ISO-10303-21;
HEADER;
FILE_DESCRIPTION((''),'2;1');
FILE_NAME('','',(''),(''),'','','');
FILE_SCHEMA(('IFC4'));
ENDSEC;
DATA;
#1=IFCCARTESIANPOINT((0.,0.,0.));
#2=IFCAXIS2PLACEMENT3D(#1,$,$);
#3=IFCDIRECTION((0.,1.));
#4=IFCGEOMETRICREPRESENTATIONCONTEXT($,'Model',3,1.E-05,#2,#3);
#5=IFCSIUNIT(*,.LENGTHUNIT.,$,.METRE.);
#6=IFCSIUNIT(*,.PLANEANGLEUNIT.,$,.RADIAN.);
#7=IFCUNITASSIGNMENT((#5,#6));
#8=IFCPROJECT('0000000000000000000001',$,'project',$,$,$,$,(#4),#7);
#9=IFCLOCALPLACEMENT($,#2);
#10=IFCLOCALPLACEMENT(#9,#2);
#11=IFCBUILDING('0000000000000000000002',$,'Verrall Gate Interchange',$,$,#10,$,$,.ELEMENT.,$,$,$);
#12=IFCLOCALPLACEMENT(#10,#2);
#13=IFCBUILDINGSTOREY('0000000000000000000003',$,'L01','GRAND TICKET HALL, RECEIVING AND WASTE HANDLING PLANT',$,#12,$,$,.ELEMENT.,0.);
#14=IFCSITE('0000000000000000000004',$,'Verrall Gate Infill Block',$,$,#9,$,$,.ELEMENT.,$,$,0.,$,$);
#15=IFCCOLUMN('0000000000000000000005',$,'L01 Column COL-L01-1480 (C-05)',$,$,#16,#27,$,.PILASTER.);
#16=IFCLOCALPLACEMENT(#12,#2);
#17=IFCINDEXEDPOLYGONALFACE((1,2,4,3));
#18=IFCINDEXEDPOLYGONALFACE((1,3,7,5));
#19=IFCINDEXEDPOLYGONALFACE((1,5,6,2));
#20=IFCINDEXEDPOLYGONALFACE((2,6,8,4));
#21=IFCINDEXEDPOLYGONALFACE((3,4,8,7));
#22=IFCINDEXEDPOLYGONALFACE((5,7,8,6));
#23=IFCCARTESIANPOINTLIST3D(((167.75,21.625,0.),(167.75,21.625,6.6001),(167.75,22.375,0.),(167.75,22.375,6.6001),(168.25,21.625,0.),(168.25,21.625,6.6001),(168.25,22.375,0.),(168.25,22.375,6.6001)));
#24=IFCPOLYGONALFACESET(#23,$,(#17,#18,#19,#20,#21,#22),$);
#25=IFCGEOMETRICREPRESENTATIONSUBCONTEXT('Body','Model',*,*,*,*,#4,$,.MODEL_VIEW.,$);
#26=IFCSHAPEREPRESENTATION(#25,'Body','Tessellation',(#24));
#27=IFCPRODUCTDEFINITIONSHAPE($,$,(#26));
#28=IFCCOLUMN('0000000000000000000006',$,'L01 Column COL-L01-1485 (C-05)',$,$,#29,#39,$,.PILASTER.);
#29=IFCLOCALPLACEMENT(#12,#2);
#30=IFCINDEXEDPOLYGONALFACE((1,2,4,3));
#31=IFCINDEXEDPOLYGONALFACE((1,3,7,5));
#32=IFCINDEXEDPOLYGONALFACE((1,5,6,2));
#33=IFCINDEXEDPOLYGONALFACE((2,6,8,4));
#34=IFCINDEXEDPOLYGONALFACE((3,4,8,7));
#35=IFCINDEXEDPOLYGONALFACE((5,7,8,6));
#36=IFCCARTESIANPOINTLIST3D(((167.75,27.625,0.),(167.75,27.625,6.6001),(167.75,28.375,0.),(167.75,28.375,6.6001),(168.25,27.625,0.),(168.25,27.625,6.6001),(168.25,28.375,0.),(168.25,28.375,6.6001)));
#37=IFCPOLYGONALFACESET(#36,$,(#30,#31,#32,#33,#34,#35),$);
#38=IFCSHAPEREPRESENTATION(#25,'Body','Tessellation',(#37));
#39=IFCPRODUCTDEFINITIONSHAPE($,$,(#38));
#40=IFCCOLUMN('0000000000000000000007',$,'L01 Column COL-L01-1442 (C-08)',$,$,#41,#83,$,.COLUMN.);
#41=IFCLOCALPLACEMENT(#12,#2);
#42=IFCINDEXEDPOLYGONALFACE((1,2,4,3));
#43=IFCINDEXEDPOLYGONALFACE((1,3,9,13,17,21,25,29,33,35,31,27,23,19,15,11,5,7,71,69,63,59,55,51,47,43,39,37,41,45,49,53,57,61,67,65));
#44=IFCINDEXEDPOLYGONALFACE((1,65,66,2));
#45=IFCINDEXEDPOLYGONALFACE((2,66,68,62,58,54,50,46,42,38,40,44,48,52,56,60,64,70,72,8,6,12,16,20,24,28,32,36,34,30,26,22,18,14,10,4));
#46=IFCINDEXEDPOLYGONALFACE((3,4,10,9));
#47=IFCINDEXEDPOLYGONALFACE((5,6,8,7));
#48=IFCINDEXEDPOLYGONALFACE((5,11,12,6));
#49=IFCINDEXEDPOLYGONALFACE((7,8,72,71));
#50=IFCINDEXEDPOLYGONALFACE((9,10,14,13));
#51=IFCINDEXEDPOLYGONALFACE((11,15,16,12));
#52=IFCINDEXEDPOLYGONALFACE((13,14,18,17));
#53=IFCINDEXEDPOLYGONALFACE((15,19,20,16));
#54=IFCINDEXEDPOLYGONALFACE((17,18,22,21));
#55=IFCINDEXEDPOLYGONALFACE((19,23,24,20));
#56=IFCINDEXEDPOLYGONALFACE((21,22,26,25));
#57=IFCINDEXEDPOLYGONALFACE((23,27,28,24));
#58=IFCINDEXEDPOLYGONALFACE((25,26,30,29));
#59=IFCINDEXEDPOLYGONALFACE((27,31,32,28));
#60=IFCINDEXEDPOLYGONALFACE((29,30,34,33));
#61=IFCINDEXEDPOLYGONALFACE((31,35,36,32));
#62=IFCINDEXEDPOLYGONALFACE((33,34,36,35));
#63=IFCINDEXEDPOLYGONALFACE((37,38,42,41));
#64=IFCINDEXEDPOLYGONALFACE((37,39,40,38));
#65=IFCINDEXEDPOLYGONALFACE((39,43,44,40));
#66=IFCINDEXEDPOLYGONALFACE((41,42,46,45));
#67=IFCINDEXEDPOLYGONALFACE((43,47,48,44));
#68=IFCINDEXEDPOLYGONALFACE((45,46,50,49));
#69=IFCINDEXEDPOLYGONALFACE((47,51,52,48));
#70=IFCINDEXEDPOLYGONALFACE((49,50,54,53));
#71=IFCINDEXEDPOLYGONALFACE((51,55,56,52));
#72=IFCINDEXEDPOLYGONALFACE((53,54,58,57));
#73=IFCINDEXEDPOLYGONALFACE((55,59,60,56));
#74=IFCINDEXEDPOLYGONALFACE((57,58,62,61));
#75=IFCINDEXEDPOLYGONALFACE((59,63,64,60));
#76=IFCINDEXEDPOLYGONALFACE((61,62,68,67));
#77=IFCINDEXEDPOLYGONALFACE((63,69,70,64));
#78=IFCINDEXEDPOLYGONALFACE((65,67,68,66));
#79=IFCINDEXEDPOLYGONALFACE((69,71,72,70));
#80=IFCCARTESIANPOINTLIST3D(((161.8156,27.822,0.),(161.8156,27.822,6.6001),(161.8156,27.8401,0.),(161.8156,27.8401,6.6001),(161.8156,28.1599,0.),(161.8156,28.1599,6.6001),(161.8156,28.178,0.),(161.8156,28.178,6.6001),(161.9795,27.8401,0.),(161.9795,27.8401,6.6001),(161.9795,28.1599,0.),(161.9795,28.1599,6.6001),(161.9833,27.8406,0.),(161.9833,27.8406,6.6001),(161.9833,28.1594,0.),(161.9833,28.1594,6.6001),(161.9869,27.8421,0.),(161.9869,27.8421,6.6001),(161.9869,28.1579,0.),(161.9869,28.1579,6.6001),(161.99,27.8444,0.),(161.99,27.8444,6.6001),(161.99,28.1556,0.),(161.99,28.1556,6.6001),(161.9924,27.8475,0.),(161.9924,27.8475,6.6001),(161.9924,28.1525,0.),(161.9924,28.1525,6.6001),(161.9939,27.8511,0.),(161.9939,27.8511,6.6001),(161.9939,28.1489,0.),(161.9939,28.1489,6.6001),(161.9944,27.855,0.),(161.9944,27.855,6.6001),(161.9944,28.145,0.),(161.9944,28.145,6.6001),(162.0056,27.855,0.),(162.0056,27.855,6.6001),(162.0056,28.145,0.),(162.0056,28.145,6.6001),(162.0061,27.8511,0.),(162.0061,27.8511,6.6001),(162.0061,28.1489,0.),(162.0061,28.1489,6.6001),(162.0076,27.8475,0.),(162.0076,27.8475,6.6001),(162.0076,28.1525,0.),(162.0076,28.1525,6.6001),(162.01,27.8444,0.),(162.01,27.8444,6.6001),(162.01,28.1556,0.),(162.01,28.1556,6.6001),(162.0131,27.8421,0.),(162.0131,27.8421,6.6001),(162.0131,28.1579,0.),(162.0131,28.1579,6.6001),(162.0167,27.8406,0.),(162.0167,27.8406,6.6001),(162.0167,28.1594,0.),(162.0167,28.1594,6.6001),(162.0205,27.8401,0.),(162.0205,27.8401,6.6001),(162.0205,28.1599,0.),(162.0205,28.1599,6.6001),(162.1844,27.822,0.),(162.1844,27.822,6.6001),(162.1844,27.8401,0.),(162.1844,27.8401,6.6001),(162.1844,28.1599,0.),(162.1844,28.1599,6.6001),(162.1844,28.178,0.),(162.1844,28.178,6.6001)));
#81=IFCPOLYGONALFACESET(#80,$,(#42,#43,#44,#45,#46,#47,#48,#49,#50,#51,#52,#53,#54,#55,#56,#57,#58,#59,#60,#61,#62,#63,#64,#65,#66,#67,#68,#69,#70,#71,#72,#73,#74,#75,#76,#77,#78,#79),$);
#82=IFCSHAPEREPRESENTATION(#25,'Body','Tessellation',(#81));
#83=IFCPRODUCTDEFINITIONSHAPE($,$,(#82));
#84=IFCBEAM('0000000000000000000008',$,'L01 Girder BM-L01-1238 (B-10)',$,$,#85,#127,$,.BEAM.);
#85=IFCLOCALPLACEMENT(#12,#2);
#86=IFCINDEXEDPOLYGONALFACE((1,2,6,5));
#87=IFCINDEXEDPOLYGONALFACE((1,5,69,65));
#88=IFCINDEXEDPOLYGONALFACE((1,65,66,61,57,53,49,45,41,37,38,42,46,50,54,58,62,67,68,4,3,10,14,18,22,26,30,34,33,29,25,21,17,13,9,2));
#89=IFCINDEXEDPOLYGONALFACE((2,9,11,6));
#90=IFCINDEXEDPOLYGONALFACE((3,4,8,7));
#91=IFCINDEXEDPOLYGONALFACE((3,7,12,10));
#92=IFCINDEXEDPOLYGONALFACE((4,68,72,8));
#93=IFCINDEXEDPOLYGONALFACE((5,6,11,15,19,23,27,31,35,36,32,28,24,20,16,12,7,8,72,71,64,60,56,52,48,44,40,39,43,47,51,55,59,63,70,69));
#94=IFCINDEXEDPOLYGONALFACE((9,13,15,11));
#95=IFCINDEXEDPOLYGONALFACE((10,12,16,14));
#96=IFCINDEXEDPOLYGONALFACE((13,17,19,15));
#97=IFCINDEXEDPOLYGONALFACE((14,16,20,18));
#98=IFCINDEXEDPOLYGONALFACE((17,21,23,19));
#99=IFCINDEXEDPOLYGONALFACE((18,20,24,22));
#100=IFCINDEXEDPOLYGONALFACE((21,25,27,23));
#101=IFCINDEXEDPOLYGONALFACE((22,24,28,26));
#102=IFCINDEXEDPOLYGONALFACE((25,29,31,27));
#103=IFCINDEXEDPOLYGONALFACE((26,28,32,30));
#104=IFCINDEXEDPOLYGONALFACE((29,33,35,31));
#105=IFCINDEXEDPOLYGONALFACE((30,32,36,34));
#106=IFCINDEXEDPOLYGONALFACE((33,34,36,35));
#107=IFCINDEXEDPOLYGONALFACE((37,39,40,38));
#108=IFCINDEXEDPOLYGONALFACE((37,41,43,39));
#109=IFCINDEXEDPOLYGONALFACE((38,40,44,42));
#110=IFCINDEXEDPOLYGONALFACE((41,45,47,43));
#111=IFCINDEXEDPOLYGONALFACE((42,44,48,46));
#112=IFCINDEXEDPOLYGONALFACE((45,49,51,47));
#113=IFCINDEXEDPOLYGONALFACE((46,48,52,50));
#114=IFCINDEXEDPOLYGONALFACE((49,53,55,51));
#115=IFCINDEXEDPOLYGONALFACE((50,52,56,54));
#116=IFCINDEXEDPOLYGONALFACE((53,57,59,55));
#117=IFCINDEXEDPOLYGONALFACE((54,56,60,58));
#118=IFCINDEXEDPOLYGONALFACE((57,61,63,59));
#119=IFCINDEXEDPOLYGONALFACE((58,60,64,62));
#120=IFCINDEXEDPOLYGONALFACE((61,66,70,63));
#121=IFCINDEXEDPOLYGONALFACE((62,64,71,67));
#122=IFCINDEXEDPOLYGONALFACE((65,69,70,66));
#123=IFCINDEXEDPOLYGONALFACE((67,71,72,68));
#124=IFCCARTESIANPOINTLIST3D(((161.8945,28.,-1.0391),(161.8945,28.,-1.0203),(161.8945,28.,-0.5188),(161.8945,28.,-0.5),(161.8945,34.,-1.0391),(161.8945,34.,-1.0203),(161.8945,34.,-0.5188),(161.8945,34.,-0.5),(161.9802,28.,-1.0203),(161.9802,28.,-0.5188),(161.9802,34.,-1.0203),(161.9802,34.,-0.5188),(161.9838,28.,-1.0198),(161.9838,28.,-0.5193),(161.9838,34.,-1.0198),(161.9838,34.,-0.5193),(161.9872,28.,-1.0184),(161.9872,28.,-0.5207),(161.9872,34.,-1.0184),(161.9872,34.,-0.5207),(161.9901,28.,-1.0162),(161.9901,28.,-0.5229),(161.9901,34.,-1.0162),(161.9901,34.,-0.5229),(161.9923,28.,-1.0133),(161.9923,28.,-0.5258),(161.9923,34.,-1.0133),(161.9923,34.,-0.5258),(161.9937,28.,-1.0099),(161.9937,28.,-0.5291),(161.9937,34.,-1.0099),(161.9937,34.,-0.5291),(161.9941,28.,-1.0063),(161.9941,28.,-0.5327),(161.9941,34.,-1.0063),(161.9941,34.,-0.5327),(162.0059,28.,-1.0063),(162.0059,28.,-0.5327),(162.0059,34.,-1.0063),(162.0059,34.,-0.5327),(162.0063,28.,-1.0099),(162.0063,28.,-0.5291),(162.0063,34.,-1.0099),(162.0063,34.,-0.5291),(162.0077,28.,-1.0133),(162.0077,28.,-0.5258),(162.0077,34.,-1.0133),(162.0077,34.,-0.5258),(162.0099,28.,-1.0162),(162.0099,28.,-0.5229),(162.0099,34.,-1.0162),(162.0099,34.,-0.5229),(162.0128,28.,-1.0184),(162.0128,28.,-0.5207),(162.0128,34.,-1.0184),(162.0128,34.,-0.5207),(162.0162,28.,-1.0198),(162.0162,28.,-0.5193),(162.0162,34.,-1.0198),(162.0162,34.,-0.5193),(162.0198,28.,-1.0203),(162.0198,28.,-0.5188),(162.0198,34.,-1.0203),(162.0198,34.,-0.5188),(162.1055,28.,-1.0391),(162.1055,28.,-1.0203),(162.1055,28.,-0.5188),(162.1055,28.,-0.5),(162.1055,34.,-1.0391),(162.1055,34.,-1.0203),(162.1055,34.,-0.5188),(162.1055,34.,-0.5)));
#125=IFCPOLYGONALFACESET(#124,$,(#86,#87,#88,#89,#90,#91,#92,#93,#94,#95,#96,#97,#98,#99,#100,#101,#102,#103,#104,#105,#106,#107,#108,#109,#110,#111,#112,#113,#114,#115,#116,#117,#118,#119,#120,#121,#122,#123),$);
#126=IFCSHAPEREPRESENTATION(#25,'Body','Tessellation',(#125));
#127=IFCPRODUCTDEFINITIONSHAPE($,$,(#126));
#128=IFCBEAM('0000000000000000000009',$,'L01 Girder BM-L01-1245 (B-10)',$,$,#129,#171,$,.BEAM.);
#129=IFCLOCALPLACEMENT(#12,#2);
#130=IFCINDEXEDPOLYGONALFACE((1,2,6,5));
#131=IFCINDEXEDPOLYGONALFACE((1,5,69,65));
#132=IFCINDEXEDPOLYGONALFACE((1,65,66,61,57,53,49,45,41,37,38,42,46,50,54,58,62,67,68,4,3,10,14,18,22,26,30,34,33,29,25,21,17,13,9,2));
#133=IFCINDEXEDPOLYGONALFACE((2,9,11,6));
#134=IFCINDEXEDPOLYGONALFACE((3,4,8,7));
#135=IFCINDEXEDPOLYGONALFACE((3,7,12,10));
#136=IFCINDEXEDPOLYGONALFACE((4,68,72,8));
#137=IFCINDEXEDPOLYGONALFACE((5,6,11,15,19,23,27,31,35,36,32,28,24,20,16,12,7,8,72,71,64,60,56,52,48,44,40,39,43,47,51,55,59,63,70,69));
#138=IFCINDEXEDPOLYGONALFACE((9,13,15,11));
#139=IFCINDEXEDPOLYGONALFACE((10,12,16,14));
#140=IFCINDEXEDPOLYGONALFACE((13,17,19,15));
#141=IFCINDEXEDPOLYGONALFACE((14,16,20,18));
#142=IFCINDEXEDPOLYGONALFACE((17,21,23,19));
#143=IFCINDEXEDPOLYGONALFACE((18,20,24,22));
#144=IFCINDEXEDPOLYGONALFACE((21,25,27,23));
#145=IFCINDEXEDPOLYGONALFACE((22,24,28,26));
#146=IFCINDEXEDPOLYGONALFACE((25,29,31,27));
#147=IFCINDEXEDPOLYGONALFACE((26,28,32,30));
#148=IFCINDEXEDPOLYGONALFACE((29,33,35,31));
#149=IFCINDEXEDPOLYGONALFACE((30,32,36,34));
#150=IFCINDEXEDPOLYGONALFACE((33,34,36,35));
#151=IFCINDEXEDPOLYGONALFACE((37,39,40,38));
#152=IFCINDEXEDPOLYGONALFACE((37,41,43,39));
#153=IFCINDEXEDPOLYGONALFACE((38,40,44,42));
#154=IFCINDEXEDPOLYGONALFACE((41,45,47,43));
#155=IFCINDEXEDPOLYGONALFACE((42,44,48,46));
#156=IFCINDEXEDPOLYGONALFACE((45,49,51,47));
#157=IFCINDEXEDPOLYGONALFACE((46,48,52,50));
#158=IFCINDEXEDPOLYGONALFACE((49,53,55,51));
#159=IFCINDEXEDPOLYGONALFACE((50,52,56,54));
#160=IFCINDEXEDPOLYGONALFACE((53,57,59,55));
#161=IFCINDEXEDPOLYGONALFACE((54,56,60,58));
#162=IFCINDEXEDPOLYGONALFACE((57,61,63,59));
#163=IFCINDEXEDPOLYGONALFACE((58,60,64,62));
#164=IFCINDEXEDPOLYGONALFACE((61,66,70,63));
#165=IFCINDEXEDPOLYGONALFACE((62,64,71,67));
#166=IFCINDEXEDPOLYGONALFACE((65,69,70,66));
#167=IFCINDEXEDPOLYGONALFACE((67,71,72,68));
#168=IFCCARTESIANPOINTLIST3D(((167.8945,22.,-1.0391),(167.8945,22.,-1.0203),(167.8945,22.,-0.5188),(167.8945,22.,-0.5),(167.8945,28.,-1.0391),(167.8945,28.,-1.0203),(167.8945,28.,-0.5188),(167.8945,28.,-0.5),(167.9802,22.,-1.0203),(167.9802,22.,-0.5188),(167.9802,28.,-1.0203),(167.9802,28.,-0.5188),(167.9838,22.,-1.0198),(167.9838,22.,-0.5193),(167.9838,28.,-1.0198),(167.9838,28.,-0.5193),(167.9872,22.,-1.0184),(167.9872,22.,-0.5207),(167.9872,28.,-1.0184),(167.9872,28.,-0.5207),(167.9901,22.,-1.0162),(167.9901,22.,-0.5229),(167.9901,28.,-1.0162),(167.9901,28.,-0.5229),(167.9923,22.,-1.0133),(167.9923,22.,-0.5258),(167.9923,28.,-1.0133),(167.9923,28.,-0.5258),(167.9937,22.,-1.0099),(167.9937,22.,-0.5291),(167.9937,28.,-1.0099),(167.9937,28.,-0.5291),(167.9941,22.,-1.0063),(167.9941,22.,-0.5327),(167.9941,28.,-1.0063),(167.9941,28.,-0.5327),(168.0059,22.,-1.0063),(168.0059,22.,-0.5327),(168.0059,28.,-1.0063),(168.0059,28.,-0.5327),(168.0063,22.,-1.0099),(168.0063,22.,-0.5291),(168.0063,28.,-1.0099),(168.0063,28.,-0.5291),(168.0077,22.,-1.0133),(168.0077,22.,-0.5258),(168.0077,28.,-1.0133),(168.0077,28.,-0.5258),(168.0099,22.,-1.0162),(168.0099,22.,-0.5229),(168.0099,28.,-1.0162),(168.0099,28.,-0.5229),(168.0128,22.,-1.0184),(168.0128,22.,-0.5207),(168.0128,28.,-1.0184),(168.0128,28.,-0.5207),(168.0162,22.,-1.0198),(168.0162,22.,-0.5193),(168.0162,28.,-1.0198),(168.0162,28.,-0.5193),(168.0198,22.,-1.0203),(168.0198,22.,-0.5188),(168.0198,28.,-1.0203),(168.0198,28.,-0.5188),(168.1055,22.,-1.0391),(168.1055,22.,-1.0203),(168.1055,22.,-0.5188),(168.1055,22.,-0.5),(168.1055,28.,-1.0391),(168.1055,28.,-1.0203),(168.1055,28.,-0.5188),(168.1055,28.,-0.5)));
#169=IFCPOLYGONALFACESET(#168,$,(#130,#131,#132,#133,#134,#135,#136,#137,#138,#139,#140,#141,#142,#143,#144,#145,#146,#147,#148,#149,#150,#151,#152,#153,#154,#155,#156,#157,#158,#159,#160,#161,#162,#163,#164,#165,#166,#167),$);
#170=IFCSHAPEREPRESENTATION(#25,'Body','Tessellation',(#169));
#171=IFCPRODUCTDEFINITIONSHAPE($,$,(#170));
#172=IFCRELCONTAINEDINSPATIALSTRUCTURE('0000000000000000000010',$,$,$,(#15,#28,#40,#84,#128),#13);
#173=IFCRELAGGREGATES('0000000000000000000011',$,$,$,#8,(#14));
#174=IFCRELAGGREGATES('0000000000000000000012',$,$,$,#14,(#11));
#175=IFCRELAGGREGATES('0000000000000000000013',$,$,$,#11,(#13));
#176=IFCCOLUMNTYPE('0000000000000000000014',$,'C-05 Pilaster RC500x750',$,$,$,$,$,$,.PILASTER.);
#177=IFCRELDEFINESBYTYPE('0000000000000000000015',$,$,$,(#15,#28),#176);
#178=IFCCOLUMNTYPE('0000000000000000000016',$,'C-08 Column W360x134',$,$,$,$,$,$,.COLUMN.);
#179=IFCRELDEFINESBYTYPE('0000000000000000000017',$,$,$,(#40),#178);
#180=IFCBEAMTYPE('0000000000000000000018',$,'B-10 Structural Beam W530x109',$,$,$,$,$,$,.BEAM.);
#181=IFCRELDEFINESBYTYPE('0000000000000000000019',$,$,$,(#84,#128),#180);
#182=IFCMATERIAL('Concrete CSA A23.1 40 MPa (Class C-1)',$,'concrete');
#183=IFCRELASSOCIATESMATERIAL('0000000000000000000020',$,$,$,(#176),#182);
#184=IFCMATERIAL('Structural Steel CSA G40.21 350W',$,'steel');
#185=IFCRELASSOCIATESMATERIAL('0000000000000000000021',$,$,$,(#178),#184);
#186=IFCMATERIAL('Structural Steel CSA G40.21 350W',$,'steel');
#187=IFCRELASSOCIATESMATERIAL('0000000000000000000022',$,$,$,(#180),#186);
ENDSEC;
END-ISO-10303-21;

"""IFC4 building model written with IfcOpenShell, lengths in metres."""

from ifc_helpers import new_model, si_unit, direction, frame, origin, origin_2d, place, context, subcontext, project, spatial, rectangle, i_section, extrude, material, material_profile, profile_set, type_object, element, save


model = new_model("IFC4")

# Units and contexts
model_context = context("Model", 3, precision=1e-05, world=origin(), true_north=direction((0.0, 1.0)))
body_context = subcontext(model_context, "Body", "Model", "MODEL_VIEW")
ifc_project = project(units=[si_unit("LENGTHUNIT", "METRE"), si_unit("PLANEANGLEUNIT", "RADIAN")], contexts=[model_context])

# Site, building, storey
site_placement = place(None, origin())
site = spatial("IfcSite", under=ifc_project, at=site_placement, Name="Verrall Gate Infill Block", CompositionType="ELEMENT", RefElevation=0.0)
building_placement = place(site_placement, origin())
building = spatial("IfcBuilding", under=site, at=building_placement, Name="Verrall Gate Interchange", CompositionType="ELEMENT")
storey_placement = place(building_placement, origin())
storey = spatial("IfcBuildingStorey", under=building, at=storey_placement, Name="L01", Description="GRAND TICKET HALL, RECEIVING AND WASTE HANDLING PLANT", CompositionType="ELEMENT", Elevation=0.0)

# Columns
ifc_material_1 = material(Name="Concrete CSA A23.1 40 MPa (Class C-1)", Category="concrete")
ifc_material_profile_1 = material_profile(ifc_material_1, rectangle(XDim=0.5, YDim=0.75, at=origin_2d()), Name="RC500x750")
ifc_profile_set_1 = profile_set([ifc_material_profile_1], Name="Concrete CSA A23.1 40 MPa (Class C-1)")
column_type_1 = type_object("IfcColumnType", Name="C-05 Pilaster RC500x750", PredefinedType="PILASTER", material=ifc_profile_set_1)
for number, where, z_axis, x_axis, name in (
    (1, (168.0, 22.0, 0.0), (0.0, 0.0, 1.0), (1.0, 0.0, 0.0), "L01 Column COL-L01-1480 (C-05)"),
    (2, (168.0, 28.0, 0.0), (0.0, 0.0, 1.0), (1.0, 0.0, 0.0), "L01 Column COL-L01-1485 (C-05)"),
):
    element("IfcColumn", number, at=place(storey_placement, frame(where, z_axis=z_axis, x_axis=x_axis)), inside=storey, type_object=column_type_1, Name=name, PredefinedType="PILASTER", context=body_context, shape_type="SweptSolid", body=[
        extrude(rectangle(XDim=0.5, YDim=0.75, at=origin_2d()), origin(), (0.0, 0.0, 1.0), 6.6001),
    ])
ifc_material_2 = material(Name="Structural Steel CSA G40.21 350W", Category="steel")
ifc_material_profile_2 = material_profile(ifc_material_2, i_section(OverallWidth=0.3689, OverallDepth=0.356, WebThickness=0.0112, FlangeThickness=0.0181, FilletRadius=0.0149, at=origin_2d()), Name="W360x134")
ifc_profile_set_2 = profile_set([ifc_material_profile_2], Name="Structural Steel CSA G40.21 350W")
column_type_2 = type_object("IfcColumnType", Name="C-08 Column W360x134", PredefinedType="COLUMN", material=ifc_profile_set_2)
column_placement = place(storey_placement, frame((162.0, 28.0, 0.0), z_axis=(0.0, 0.0, 1.0), x_axis=(1.0, 0.0, 0.0)))
element("IfcColumn", 3, at=column_placement, inside=storey, type_object=column_type_2, Name="L01 Column COL-L01-1442 (C-08)", PredefinedType="COLUMN", context=body_context, shape_type="SweptSolid", body=[
    extrude(i_section(OverallWidth=0.3689, OverallDepth=0.356, WebThickness=0.0112, FlangeThickness=0.0181, FilletRadius=0.0149, at=origin_2d()), origin(), (0.0, 0.0, 1.0), 6.6001),
])

# Beams
ifc_material_3 = material(Name="Structural Steel CSA G40.21 350W", Category="steel")
ifc_material_profile_3 = material_profile(ifc_material_3, i_section(OverallWidth=0.2109, OverallDepth=0.5391, WebThickness=0.0117, FlangeThickness=0.0188, FilletRadius=0.0139, at=origin_2d()), Name="W530x109")
ifc_profile_set_3 = profile_set([ifc_material_profile_3], Name="Structural Steel CSA G40.21 350W")
beam_type_1 = type_object("IfcBeamType", Name="B-10 Structural Beam W530x109", PredefinedType="BEAM", material=ifc_profile_set_3)
for number, where, z_axis, x_axis, name in (
    (4, (162.0, 28.0, -0.7695), (0.0, 1.0, 0.0), (-1.0, 0.0, 0.0), "L01 Girder BM-L01-1238 (B-10)"),
    (5, (168.0, 22.0, -0.7695), (0.0, 1.0, 0.0), (-1.0, 0.0, 0.0), "L01 Girder BM-L01-1245 (B-10)"),
):
    element("IfcBeam", number, at=place(storey_placement, frame(where, z_axis=z_axis, x_axis=x_axis)), inside=storey, type_object=beam_type_1, Name=name, PredefinedType="BEAM", context=body_context, shape_type="SweptSolid", body=[
        extrude(i_section(OverallWidth=0.2109, OverallDepth=0.5391, WebThickness=0.0117, FlangeThickness=0.0188, FilletRadius=0.0139, at=origin_2d()), origin(), (0.0, 0.0, 1.0), 6.0),
    ])

save(model, "model.ifc")
